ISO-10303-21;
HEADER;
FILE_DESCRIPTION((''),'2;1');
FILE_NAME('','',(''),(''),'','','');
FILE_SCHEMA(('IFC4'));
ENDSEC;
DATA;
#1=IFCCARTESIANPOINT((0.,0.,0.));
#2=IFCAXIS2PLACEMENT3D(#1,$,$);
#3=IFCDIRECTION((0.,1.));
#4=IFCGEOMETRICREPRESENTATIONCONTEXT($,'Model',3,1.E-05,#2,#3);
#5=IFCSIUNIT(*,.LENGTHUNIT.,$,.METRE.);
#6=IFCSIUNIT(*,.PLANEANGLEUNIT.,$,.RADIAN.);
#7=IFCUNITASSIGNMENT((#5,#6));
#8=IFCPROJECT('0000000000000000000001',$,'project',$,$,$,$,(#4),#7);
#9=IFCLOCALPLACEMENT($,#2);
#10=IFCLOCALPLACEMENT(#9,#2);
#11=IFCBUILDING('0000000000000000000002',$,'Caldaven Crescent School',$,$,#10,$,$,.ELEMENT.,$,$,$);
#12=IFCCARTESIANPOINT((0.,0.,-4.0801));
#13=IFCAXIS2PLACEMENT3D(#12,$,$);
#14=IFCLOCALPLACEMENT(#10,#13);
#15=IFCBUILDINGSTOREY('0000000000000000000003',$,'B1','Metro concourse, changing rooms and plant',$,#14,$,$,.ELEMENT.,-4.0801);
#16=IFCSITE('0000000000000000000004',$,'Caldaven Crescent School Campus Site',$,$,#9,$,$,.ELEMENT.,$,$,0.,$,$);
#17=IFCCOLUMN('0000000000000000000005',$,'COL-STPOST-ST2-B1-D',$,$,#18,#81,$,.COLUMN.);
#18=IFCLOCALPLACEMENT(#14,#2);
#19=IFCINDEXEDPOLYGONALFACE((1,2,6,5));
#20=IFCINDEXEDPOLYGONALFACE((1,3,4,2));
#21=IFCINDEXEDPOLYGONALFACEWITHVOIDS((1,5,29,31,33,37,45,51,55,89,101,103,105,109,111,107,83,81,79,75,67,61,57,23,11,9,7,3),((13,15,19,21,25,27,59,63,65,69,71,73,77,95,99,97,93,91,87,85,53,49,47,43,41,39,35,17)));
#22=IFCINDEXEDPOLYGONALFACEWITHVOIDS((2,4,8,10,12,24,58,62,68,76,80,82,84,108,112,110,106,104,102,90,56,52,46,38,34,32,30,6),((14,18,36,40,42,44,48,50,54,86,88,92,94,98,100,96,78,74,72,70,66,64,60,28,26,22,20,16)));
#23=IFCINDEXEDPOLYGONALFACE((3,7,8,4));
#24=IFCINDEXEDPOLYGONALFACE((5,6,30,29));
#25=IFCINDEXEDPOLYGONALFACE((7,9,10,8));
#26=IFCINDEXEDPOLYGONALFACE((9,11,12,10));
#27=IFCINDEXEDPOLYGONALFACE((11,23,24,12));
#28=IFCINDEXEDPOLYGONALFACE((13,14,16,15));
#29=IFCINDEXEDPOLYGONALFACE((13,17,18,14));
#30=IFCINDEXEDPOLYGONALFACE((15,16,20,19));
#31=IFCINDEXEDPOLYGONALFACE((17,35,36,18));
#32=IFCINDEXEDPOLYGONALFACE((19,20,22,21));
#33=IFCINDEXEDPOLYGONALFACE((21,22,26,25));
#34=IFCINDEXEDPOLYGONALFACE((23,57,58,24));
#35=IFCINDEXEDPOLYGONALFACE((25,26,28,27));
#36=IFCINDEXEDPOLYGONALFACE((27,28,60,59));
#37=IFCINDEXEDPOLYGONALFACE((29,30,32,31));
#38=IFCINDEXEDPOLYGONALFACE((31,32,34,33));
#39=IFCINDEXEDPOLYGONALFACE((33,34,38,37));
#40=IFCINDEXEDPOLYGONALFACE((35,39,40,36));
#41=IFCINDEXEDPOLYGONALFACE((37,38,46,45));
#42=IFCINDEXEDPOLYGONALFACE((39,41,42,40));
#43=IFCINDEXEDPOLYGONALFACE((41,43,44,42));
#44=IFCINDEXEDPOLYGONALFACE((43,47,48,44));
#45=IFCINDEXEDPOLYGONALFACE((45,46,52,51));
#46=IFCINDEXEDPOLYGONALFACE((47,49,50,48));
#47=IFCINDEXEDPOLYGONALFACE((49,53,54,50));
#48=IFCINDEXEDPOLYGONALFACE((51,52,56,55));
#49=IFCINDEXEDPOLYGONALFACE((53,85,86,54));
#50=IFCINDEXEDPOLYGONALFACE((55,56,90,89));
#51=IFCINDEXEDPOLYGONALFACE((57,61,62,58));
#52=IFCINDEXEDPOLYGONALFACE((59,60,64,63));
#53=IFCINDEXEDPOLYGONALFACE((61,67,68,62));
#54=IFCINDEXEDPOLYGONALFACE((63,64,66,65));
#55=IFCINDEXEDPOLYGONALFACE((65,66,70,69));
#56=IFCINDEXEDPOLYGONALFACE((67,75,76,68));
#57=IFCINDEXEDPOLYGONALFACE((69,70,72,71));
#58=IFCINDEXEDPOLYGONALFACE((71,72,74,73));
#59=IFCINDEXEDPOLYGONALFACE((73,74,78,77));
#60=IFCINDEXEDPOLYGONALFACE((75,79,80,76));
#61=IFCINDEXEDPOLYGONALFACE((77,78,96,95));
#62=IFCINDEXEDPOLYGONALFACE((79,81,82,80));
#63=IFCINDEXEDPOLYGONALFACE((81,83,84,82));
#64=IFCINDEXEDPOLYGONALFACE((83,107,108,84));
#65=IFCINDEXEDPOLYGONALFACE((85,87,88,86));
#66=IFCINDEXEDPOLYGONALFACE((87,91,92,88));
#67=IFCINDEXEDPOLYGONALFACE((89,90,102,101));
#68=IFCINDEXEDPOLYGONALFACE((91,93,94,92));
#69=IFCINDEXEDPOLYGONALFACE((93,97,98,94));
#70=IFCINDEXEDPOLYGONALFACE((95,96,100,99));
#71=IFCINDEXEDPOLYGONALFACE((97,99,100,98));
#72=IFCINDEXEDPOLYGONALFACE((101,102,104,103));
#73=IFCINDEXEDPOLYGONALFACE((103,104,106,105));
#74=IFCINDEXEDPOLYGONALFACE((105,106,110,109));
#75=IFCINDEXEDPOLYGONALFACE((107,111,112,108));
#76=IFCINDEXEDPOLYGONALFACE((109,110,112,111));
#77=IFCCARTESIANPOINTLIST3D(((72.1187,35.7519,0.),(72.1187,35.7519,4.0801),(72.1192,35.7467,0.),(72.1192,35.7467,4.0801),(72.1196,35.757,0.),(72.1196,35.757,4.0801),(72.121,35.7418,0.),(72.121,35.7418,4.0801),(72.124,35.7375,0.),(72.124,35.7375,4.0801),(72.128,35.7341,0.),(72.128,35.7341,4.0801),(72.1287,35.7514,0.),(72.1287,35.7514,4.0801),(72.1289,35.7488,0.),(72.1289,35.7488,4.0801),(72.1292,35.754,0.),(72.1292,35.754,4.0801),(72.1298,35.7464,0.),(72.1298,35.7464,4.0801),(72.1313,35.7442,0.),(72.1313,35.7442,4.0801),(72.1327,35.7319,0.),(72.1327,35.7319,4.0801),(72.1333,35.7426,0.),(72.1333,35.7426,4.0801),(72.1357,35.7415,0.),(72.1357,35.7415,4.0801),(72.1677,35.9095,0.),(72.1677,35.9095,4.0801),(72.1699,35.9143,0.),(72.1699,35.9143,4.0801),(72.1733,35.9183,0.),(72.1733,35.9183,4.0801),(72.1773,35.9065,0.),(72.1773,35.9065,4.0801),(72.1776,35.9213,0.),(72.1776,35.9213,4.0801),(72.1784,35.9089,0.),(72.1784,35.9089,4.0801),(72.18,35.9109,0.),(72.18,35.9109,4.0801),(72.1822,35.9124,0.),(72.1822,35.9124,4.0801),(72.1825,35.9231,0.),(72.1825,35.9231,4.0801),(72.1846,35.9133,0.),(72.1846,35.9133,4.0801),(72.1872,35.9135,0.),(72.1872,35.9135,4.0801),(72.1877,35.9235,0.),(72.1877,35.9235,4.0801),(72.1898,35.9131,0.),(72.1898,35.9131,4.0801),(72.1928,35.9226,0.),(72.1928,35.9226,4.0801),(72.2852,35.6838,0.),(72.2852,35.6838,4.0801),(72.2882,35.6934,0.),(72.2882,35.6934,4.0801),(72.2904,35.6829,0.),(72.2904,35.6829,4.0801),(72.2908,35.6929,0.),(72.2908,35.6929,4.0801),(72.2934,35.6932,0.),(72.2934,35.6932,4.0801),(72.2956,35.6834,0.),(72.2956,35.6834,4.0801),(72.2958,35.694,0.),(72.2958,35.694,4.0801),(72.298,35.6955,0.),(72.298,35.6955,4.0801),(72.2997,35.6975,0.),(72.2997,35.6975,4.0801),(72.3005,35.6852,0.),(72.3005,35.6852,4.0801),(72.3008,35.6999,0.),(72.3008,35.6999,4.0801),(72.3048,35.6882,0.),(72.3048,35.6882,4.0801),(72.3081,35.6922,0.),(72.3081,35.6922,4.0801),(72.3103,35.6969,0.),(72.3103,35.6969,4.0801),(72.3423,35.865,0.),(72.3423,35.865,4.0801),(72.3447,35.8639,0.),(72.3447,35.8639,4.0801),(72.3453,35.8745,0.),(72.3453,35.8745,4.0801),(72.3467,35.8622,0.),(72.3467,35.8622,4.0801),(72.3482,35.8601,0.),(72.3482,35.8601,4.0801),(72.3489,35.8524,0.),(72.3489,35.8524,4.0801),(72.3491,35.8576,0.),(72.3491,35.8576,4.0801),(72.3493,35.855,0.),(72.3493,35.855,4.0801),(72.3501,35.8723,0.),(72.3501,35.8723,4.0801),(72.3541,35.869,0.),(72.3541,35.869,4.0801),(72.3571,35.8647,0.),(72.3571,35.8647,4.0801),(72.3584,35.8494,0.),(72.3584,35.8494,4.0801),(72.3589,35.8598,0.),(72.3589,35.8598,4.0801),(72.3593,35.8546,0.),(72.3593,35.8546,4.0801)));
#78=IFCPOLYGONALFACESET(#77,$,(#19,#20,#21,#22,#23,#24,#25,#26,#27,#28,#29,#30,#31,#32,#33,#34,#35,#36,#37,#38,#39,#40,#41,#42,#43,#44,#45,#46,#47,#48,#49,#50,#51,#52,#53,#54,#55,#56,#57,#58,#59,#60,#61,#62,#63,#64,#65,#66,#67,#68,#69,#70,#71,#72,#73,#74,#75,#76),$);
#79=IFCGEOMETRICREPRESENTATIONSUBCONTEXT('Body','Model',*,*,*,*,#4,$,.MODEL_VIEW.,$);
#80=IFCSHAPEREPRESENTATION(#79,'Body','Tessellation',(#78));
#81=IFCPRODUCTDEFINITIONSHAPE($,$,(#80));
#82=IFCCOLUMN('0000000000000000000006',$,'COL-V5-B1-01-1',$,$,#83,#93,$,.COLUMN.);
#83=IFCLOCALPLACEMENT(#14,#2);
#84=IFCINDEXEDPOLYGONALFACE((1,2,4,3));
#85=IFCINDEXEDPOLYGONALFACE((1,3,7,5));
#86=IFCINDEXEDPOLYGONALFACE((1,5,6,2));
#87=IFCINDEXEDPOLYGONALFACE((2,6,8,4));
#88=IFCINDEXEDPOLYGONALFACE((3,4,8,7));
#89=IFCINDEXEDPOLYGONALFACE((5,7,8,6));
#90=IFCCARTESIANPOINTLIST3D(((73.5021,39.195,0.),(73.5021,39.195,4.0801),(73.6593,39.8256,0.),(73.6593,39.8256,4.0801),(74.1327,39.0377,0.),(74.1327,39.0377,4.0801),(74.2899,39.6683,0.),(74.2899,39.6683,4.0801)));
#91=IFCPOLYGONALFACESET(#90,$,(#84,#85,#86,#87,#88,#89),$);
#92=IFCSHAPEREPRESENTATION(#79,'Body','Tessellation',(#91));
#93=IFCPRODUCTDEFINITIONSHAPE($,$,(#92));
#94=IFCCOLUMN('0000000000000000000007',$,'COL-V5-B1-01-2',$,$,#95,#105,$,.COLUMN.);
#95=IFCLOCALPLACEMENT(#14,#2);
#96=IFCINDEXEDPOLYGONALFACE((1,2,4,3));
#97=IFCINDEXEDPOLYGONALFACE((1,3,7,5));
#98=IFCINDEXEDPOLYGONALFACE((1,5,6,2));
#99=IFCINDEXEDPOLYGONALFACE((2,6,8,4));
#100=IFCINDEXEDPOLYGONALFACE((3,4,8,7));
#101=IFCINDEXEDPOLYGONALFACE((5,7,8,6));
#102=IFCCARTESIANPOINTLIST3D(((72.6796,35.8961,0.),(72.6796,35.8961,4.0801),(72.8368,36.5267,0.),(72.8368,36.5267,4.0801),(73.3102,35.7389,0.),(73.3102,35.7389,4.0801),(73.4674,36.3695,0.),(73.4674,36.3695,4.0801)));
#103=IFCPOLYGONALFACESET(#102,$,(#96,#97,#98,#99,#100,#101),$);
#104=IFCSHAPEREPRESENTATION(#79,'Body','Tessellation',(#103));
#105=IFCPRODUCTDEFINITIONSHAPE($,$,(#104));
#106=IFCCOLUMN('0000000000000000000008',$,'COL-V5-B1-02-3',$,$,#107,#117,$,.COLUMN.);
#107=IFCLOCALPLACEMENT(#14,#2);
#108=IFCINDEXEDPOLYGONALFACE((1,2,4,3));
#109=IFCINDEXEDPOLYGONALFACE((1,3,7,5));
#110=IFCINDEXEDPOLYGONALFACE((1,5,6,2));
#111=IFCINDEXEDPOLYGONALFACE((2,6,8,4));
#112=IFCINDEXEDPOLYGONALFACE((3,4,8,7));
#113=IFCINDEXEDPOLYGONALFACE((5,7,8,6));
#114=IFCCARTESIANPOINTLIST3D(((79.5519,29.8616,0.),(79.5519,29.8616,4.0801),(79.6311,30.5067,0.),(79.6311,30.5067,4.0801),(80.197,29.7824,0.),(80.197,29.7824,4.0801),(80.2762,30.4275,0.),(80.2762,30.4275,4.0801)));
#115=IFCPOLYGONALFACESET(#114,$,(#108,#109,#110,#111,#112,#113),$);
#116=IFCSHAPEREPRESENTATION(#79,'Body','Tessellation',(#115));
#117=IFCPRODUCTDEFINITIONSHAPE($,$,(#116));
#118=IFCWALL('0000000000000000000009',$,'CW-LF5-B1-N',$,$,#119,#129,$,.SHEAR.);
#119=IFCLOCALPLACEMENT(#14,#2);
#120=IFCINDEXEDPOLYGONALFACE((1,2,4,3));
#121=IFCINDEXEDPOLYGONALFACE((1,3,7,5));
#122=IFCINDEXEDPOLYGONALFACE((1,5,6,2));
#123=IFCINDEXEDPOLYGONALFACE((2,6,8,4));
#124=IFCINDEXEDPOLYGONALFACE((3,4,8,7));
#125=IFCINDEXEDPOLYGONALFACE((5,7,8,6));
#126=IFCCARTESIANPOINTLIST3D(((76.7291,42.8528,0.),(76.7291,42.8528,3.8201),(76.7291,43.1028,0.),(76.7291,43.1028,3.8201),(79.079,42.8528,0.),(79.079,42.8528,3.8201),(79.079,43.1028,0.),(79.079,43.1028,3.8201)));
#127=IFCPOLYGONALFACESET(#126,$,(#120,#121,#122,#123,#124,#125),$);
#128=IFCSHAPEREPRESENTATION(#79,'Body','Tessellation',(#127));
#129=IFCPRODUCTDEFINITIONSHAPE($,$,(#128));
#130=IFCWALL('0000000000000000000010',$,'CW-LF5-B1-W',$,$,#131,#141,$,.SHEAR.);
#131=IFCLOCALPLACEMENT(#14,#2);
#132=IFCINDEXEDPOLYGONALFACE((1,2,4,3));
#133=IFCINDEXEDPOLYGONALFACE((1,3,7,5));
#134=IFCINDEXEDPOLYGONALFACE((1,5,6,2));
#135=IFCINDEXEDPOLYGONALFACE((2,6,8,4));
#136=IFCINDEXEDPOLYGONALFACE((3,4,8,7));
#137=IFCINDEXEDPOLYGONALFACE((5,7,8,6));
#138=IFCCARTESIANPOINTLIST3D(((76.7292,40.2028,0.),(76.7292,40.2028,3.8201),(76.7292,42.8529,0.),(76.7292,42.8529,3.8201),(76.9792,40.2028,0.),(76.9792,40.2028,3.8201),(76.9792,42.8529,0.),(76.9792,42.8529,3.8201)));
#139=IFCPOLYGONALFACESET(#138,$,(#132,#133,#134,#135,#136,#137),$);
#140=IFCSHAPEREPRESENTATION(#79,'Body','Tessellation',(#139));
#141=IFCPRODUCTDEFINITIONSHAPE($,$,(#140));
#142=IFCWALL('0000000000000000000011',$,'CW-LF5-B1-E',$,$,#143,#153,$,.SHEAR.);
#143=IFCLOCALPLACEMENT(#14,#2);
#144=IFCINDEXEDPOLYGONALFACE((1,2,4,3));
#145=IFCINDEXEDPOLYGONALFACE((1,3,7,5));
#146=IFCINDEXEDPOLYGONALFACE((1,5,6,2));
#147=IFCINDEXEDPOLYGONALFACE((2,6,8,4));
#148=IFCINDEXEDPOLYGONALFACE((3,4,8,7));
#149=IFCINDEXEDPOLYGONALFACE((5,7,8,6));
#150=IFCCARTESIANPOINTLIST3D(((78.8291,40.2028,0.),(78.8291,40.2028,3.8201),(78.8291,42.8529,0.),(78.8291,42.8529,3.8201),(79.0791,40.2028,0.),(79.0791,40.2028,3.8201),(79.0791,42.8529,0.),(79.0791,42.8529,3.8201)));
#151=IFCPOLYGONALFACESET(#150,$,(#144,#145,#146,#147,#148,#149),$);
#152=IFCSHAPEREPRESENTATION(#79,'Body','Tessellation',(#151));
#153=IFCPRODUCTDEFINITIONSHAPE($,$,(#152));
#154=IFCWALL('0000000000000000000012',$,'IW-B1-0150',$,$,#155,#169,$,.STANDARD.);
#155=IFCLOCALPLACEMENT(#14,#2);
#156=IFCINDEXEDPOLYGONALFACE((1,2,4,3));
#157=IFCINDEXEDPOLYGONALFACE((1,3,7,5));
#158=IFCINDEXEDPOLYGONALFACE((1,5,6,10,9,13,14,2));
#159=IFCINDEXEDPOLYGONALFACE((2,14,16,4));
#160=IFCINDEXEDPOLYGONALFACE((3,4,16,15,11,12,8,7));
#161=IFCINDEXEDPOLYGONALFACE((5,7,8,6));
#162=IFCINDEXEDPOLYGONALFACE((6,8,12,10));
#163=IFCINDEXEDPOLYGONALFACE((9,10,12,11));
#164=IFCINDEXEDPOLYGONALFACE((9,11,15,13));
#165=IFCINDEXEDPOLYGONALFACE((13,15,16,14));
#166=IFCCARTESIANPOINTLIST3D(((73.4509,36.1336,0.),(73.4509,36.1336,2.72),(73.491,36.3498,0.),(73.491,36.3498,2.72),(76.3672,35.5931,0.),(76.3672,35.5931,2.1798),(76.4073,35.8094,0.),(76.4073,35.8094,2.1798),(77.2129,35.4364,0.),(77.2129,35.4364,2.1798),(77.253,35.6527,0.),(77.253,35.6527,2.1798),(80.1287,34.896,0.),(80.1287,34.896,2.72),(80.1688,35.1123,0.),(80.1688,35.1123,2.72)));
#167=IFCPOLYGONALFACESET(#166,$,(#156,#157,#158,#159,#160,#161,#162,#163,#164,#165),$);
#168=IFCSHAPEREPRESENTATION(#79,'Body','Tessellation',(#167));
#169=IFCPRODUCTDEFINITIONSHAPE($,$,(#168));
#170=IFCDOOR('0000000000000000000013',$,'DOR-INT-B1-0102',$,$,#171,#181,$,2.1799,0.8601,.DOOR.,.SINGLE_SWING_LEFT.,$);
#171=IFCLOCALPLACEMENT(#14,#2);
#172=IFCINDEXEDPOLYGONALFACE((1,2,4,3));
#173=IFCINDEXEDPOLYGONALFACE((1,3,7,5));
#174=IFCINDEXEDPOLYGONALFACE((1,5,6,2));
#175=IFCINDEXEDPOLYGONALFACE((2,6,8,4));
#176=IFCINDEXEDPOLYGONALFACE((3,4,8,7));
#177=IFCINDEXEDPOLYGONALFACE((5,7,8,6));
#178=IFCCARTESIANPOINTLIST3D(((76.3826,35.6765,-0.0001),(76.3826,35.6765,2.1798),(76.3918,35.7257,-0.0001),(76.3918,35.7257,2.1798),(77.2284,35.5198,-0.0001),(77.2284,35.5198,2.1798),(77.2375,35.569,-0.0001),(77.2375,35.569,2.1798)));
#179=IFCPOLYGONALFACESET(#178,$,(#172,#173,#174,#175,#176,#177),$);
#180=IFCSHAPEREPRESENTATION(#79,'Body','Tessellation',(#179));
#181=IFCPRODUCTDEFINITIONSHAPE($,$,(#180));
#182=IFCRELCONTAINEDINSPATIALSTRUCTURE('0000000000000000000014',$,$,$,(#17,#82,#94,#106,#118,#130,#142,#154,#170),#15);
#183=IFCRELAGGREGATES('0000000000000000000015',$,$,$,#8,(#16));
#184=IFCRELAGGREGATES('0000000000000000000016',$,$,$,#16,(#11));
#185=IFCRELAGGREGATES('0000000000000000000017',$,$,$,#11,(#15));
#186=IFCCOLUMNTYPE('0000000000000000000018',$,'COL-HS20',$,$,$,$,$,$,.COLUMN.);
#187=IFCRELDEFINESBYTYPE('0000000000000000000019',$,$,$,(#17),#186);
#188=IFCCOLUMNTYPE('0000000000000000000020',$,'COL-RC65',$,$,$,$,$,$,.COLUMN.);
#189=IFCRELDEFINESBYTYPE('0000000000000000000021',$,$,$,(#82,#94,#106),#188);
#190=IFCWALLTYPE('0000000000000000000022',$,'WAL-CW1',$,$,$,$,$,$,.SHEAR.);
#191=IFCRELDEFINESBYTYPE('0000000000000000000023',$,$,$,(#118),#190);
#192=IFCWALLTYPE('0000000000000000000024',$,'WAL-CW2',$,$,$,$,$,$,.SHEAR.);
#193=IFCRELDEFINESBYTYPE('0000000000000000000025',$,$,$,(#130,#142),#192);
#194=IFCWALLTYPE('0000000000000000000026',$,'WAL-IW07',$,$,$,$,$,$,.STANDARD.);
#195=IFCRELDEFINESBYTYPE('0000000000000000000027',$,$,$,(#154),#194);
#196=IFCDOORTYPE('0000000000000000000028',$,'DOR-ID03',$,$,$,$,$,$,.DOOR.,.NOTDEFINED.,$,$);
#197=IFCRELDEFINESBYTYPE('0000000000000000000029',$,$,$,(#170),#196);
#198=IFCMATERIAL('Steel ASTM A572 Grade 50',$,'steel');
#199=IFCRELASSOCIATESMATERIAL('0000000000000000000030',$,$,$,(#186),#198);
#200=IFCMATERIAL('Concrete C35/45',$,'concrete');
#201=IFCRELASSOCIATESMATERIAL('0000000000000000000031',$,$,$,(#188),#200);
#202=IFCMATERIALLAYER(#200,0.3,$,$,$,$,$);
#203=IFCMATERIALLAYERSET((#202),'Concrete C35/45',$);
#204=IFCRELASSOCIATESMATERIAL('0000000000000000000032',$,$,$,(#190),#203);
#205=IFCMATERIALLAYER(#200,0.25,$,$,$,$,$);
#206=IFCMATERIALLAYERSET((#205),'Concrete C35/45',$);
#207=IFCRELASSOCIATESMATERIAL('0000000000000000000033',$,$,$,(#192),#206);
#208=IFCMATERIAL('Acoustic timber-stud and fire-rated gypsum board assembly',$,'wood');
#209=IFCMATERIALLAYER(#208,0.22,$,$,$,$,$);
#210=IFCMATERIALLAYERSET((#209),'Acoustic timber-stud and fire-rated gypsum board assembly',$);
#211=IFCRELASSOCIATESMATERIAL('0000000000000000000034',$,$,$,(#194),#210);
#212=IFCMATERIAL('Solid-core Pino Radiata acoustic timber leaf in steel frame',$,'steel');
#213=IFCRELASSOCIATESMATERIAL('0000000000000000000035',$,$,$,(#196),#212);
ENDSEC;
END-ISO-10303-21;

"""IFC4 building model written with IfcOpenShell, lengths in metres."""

from ifc_helpers import new_model, si_unit, direction, frame, frame_2d, origin, origin_2d, place, context, subcontext, project, spatial, rectangle, hollow_rectangle, extrude, material, layer, layer_set, material_profile, profile_set, type_object, element, fill, save


model = new_model("IFC4")

# Units and contexts
model_context = context("Model", 3, precision=1e-05, world=origin(), true_north=direction((0.0, 1.0)))
body_context = subcontext(model_context, "Body", "Model", "MODEL_VIEW")
ifc_project = project(units=[si_unit("LENGTHUNIT", "METRE"), si_unit("PLANEANGLEUNIT", "RADIAN")], contexts=[model_context])

# Site, building, storey
site_placement = place(None, origin())
site = spatial("IfcSite", under=ifc_project, at=site_placement, Name="Caldaven Crescent School Campus Site", CompositionType="ELEMENT", RefElevation=0.0)
building_placement = place(site_placement, origin())
building = spatial("IfcBuilding", under=site, at=building_placement, Name="Caldaven Crescent School", CompositionType="ELEMENT")
storey_placement = place(building_placement, frame((0.0, 0.0, -4.0801)))
storey = spatial("IfcBuildingStorey", under=building, at=storey_placement, Name="B1", Description="Metro concourse, changing rooms and plant", CompositionType="ELEMENT", Elevation=-4.0801)

# Shared definitions
ifc_material_1 = material(Name="Concrete C35/45", Category="concrete")

# Columns
ifc_material_2 = material(Name="Steel ASTM A572 Grade 50", Category="steel")
ifc_material_profile_1 = material_profile(ifc_material_2, hollow_rectangle(XDim=0.2, YDim=0.2, WallThickness=0.01, InnerFilletRadius=0.01, OuterFilletRadius=0.02, at=origin_2d()), Name="HSS 200x200x10")
ifc_profile_set_1 = profile_set([ifc_material_profile_1], Name="Steel ASTM A572 Grade 50")
column_type_1 = type_object("IfcColumnType", Name="COL-HS20", PredefinedType="COLUMN", material=ifc_profile_set_1)
column_placement = place(storey_placement, frame((72.239, 35.8032, 0.0), z_axis=(0.0, 0.0, 1.0), x_axis=(0.953717, -0.300706, 0.0)))
element("IfcColumn", 1, at=column_placement, inside=storey, type_object=column_type_1, Name="COL-STPOST-ST2-B1-D", PredefinedType="COLUMN", context=body_context, shape_type="SweptSolid", body=[
    extrude(hollow_rectangle(XDim=0.2, YDim=0.2, WallThickness=0.01, InnerFilletRadius=0.01, OuterFilletRadius=0.02, at=origin_2d()), origin(), (0.0, 0.0, 1.0), 4.0801),
])
ifc_material_profile_2 = material_profile(ifc_material_1, rectangle(XDim=0.6499, YDim=0.6499, at=origin_2d()), Name="RC 650x650")
ifc_profile_set_2 = profile_set([ifc_material_profile_2], Name="Concrete C35/45")
column_type_2 = type_object("IfcColumnType", Name="COL-RC65", PredefinedType="COLUMN", material=ifc_profile_set_2)
for number, where, z_axis, x_axis, name in (
    (2, (73.896, 39.4316, 0.0), (0.0, 0.0, 1.0), (-0.241922, -0.970296, 0.0), "COL-V5-B1-01-1"),
    (3, (73.0735, 36.1328, 0.0), (0.0, 0.0, 1.0), (-0.241922, -0.970296, 0.0), "COL-V5-B1-01-2"),
    (4, (79.9141, 30.1445, 0.0), (0.0, 0.0, 1.0), (-0.121869, -0.992546, 0.0), "COL-V5-B1-02-3"),
):
    element("IfcColumn", number, at=place(storey_placement, frame(where, z_axis=z_axis, x_axis=x_axis)), inside=storey, type_object=column_type_2, Name=name, PredefinedType="COLUMN", context=body_context, shape_type="SweptSolid", body=[
        extrude(rectangle(XDim=0.6499, YDim=0.6499, at=origin_2d()), origin(), (0.0, 0.0, 1.0), 4.0801),
    ])

# Wall
ifc_layer_1 = layer(ifc_material_1, 0.3)
ifc_layer_set_1 = layer_set([ifc_layer_1], Name="Concrete C35/45")
wall_type_1 = type_object("IfcWallType", Name="WAL-CW1", PredefinedType="SHEAR", material=ifc_layer_set_1)
wall_1_placement = place(storey_placement, frame((76.7292, 42.9778, 0.0), z_axis=(0.0, 0.0, 1.0), x_axis=(1.0, 0.0, 0.0)))
element("IfcWall", 5, at=wall_1_placement, inside=storey, type_object=wall_type_1, Name="CW-LF5-B1-N", PredefinedType="SHEAR", context=body_context, shape_type="SweptSolid", body=[
    extrude(rectangle(XDim=2.3499, YDim=0.25, at=frame_2d((1.1748, 0.0))), origin(), (0.0, 0.0, 1.0), 3.8201),
])

# Walls
ifc_layer_2 = layer(ifc_material_1, 0.25)
ifc_layer_set_2 = layer_set([ifc_layer_2], Name="Concrete C35/45")
wall_type_2 = type_object("IfcWallType", Name="WAL-CW2", PredefinedType="SHEAR", material=ifc_layer_set_2)
for number, where, z_axis, x_axis, name in (
    (6, (76.8542, 40.2026, 0.0), (0.0, 0.0, 1.0), (0.0, 1.0, 0.0), "CW-LF5-B1-W"),
    (7, (78.9541, 40.2026, 0.0), (0.0, 0.0, 1.0), (0.0, 1.0, 0.0), "CW-LF5-B1-E"),
):
    element("IfcWall", number, at=place(storey_placement, frame(where, z_axis=z_axis, x_axis=x_axis)), inside=storey, type_object=wall_type_2, Name=name, PredefinedType="SHEAR", context=body_context, shape_type="SweptSolid", body=[
        extrude(rectangle(XDim=2.6501, YDim=0.25, at=frame_2d((1.3252, 0.0))), origin(), (0.0, 0.0, 1.0), 3.8201),
    ])

# Wall, opening, door
ifc_material_3 = material(Name="Acoustic timber-stud and fire-rated gypsum board assembly", Category="wood")
ifc_layer_3 = layer(ifc_material_3, 0.22)
ifc_layer_set_3 = layer_set([ifc_layer_3], Name="Acoustic timber-stud and fire-rated gypsum board assembly")
wall_type_3 = type_object("IfcWallType", Name="WAL-IW07", PredefinedType="STANDARD", material=ifc_layer_set_3)
wall_2_placement = place(storey_placement, frame((73.4709, 36.2417, 0.0), z_axis=(0.0, 0.0, 1.0), x_axis=(0.983257, -0.182222, 0.0)))
wall_2 = element("IfcWall", 8, at=wall_2_placement, inside=storey, type_object=wall_type_3, Name="IW-B1-0150", PredefinedType="STANDARD", context=body_context, shape_type="SweptSolid", body=[
    extrude(rectangle(XDim=6.7915, YDim=0.22, at=frame_2d((3.3958, 0.0))), origin(), (0.0, 0.0, 1.0), 2.72),
])
opening_1_placement = place(wall_2_placement, frame((2.9658, 0.0, 0.0)))
opening_1 = element("IfcOpeningElement", 9, at=opening_1_placement, cuts=wall_2, PredefinedType="OPENING", context=body_context, shape_type="SweptSolid", body=[
    extrude(rectangle(XDim=0.8601, YDim=2.1799, at=frame_2d((0.4302, 1.0898))), frame((0.0, 0.1199, 0.0), z_axis=(0.0, -1.0, 0.0), x_axis=(1.0, 0.0, 0.0)), (0.0, 0.0, 1.0), 0.24),
])
ifc_material_4 = material(Name="Solid-core Pino Radiata acoustic timber leaf in steel frame", Category="steel")
door_type_1 = type_object("IfcDoorType", Name="DOR-ID03", OperationType="NOTDEFINED", PredefinedType="DOOR", material=ifc_material_4)
door_1_placement = place(opening_1_placement, origin())
door_1 = element("IfcDoor", 10, at=door_1_placement, inside=storey, type_object=door_type_1, Name="DOR-INT-B1-0102", OperationType="SINGLE_SWING_LEFT", OverallHeight=2.1799, OverallWidth=0.8601, PredefinedType="DOOR", context=body_context, shape_type="SweptSolid", body=[
    extrude(rectangle(XDim=0.8601, YDim=2.1799, at=frame_2d((0.4302, 1.0898))), frame((0.0, 0.0249, 0.0), z_axis=(0.0, -1.0, 0.0), x_axis=(1.0, 0.0, 0.0)), (0.0, 0.0, 1.0), 0.05),
])
fill(opening_1, door_1)

save(model, "model.ifc")
